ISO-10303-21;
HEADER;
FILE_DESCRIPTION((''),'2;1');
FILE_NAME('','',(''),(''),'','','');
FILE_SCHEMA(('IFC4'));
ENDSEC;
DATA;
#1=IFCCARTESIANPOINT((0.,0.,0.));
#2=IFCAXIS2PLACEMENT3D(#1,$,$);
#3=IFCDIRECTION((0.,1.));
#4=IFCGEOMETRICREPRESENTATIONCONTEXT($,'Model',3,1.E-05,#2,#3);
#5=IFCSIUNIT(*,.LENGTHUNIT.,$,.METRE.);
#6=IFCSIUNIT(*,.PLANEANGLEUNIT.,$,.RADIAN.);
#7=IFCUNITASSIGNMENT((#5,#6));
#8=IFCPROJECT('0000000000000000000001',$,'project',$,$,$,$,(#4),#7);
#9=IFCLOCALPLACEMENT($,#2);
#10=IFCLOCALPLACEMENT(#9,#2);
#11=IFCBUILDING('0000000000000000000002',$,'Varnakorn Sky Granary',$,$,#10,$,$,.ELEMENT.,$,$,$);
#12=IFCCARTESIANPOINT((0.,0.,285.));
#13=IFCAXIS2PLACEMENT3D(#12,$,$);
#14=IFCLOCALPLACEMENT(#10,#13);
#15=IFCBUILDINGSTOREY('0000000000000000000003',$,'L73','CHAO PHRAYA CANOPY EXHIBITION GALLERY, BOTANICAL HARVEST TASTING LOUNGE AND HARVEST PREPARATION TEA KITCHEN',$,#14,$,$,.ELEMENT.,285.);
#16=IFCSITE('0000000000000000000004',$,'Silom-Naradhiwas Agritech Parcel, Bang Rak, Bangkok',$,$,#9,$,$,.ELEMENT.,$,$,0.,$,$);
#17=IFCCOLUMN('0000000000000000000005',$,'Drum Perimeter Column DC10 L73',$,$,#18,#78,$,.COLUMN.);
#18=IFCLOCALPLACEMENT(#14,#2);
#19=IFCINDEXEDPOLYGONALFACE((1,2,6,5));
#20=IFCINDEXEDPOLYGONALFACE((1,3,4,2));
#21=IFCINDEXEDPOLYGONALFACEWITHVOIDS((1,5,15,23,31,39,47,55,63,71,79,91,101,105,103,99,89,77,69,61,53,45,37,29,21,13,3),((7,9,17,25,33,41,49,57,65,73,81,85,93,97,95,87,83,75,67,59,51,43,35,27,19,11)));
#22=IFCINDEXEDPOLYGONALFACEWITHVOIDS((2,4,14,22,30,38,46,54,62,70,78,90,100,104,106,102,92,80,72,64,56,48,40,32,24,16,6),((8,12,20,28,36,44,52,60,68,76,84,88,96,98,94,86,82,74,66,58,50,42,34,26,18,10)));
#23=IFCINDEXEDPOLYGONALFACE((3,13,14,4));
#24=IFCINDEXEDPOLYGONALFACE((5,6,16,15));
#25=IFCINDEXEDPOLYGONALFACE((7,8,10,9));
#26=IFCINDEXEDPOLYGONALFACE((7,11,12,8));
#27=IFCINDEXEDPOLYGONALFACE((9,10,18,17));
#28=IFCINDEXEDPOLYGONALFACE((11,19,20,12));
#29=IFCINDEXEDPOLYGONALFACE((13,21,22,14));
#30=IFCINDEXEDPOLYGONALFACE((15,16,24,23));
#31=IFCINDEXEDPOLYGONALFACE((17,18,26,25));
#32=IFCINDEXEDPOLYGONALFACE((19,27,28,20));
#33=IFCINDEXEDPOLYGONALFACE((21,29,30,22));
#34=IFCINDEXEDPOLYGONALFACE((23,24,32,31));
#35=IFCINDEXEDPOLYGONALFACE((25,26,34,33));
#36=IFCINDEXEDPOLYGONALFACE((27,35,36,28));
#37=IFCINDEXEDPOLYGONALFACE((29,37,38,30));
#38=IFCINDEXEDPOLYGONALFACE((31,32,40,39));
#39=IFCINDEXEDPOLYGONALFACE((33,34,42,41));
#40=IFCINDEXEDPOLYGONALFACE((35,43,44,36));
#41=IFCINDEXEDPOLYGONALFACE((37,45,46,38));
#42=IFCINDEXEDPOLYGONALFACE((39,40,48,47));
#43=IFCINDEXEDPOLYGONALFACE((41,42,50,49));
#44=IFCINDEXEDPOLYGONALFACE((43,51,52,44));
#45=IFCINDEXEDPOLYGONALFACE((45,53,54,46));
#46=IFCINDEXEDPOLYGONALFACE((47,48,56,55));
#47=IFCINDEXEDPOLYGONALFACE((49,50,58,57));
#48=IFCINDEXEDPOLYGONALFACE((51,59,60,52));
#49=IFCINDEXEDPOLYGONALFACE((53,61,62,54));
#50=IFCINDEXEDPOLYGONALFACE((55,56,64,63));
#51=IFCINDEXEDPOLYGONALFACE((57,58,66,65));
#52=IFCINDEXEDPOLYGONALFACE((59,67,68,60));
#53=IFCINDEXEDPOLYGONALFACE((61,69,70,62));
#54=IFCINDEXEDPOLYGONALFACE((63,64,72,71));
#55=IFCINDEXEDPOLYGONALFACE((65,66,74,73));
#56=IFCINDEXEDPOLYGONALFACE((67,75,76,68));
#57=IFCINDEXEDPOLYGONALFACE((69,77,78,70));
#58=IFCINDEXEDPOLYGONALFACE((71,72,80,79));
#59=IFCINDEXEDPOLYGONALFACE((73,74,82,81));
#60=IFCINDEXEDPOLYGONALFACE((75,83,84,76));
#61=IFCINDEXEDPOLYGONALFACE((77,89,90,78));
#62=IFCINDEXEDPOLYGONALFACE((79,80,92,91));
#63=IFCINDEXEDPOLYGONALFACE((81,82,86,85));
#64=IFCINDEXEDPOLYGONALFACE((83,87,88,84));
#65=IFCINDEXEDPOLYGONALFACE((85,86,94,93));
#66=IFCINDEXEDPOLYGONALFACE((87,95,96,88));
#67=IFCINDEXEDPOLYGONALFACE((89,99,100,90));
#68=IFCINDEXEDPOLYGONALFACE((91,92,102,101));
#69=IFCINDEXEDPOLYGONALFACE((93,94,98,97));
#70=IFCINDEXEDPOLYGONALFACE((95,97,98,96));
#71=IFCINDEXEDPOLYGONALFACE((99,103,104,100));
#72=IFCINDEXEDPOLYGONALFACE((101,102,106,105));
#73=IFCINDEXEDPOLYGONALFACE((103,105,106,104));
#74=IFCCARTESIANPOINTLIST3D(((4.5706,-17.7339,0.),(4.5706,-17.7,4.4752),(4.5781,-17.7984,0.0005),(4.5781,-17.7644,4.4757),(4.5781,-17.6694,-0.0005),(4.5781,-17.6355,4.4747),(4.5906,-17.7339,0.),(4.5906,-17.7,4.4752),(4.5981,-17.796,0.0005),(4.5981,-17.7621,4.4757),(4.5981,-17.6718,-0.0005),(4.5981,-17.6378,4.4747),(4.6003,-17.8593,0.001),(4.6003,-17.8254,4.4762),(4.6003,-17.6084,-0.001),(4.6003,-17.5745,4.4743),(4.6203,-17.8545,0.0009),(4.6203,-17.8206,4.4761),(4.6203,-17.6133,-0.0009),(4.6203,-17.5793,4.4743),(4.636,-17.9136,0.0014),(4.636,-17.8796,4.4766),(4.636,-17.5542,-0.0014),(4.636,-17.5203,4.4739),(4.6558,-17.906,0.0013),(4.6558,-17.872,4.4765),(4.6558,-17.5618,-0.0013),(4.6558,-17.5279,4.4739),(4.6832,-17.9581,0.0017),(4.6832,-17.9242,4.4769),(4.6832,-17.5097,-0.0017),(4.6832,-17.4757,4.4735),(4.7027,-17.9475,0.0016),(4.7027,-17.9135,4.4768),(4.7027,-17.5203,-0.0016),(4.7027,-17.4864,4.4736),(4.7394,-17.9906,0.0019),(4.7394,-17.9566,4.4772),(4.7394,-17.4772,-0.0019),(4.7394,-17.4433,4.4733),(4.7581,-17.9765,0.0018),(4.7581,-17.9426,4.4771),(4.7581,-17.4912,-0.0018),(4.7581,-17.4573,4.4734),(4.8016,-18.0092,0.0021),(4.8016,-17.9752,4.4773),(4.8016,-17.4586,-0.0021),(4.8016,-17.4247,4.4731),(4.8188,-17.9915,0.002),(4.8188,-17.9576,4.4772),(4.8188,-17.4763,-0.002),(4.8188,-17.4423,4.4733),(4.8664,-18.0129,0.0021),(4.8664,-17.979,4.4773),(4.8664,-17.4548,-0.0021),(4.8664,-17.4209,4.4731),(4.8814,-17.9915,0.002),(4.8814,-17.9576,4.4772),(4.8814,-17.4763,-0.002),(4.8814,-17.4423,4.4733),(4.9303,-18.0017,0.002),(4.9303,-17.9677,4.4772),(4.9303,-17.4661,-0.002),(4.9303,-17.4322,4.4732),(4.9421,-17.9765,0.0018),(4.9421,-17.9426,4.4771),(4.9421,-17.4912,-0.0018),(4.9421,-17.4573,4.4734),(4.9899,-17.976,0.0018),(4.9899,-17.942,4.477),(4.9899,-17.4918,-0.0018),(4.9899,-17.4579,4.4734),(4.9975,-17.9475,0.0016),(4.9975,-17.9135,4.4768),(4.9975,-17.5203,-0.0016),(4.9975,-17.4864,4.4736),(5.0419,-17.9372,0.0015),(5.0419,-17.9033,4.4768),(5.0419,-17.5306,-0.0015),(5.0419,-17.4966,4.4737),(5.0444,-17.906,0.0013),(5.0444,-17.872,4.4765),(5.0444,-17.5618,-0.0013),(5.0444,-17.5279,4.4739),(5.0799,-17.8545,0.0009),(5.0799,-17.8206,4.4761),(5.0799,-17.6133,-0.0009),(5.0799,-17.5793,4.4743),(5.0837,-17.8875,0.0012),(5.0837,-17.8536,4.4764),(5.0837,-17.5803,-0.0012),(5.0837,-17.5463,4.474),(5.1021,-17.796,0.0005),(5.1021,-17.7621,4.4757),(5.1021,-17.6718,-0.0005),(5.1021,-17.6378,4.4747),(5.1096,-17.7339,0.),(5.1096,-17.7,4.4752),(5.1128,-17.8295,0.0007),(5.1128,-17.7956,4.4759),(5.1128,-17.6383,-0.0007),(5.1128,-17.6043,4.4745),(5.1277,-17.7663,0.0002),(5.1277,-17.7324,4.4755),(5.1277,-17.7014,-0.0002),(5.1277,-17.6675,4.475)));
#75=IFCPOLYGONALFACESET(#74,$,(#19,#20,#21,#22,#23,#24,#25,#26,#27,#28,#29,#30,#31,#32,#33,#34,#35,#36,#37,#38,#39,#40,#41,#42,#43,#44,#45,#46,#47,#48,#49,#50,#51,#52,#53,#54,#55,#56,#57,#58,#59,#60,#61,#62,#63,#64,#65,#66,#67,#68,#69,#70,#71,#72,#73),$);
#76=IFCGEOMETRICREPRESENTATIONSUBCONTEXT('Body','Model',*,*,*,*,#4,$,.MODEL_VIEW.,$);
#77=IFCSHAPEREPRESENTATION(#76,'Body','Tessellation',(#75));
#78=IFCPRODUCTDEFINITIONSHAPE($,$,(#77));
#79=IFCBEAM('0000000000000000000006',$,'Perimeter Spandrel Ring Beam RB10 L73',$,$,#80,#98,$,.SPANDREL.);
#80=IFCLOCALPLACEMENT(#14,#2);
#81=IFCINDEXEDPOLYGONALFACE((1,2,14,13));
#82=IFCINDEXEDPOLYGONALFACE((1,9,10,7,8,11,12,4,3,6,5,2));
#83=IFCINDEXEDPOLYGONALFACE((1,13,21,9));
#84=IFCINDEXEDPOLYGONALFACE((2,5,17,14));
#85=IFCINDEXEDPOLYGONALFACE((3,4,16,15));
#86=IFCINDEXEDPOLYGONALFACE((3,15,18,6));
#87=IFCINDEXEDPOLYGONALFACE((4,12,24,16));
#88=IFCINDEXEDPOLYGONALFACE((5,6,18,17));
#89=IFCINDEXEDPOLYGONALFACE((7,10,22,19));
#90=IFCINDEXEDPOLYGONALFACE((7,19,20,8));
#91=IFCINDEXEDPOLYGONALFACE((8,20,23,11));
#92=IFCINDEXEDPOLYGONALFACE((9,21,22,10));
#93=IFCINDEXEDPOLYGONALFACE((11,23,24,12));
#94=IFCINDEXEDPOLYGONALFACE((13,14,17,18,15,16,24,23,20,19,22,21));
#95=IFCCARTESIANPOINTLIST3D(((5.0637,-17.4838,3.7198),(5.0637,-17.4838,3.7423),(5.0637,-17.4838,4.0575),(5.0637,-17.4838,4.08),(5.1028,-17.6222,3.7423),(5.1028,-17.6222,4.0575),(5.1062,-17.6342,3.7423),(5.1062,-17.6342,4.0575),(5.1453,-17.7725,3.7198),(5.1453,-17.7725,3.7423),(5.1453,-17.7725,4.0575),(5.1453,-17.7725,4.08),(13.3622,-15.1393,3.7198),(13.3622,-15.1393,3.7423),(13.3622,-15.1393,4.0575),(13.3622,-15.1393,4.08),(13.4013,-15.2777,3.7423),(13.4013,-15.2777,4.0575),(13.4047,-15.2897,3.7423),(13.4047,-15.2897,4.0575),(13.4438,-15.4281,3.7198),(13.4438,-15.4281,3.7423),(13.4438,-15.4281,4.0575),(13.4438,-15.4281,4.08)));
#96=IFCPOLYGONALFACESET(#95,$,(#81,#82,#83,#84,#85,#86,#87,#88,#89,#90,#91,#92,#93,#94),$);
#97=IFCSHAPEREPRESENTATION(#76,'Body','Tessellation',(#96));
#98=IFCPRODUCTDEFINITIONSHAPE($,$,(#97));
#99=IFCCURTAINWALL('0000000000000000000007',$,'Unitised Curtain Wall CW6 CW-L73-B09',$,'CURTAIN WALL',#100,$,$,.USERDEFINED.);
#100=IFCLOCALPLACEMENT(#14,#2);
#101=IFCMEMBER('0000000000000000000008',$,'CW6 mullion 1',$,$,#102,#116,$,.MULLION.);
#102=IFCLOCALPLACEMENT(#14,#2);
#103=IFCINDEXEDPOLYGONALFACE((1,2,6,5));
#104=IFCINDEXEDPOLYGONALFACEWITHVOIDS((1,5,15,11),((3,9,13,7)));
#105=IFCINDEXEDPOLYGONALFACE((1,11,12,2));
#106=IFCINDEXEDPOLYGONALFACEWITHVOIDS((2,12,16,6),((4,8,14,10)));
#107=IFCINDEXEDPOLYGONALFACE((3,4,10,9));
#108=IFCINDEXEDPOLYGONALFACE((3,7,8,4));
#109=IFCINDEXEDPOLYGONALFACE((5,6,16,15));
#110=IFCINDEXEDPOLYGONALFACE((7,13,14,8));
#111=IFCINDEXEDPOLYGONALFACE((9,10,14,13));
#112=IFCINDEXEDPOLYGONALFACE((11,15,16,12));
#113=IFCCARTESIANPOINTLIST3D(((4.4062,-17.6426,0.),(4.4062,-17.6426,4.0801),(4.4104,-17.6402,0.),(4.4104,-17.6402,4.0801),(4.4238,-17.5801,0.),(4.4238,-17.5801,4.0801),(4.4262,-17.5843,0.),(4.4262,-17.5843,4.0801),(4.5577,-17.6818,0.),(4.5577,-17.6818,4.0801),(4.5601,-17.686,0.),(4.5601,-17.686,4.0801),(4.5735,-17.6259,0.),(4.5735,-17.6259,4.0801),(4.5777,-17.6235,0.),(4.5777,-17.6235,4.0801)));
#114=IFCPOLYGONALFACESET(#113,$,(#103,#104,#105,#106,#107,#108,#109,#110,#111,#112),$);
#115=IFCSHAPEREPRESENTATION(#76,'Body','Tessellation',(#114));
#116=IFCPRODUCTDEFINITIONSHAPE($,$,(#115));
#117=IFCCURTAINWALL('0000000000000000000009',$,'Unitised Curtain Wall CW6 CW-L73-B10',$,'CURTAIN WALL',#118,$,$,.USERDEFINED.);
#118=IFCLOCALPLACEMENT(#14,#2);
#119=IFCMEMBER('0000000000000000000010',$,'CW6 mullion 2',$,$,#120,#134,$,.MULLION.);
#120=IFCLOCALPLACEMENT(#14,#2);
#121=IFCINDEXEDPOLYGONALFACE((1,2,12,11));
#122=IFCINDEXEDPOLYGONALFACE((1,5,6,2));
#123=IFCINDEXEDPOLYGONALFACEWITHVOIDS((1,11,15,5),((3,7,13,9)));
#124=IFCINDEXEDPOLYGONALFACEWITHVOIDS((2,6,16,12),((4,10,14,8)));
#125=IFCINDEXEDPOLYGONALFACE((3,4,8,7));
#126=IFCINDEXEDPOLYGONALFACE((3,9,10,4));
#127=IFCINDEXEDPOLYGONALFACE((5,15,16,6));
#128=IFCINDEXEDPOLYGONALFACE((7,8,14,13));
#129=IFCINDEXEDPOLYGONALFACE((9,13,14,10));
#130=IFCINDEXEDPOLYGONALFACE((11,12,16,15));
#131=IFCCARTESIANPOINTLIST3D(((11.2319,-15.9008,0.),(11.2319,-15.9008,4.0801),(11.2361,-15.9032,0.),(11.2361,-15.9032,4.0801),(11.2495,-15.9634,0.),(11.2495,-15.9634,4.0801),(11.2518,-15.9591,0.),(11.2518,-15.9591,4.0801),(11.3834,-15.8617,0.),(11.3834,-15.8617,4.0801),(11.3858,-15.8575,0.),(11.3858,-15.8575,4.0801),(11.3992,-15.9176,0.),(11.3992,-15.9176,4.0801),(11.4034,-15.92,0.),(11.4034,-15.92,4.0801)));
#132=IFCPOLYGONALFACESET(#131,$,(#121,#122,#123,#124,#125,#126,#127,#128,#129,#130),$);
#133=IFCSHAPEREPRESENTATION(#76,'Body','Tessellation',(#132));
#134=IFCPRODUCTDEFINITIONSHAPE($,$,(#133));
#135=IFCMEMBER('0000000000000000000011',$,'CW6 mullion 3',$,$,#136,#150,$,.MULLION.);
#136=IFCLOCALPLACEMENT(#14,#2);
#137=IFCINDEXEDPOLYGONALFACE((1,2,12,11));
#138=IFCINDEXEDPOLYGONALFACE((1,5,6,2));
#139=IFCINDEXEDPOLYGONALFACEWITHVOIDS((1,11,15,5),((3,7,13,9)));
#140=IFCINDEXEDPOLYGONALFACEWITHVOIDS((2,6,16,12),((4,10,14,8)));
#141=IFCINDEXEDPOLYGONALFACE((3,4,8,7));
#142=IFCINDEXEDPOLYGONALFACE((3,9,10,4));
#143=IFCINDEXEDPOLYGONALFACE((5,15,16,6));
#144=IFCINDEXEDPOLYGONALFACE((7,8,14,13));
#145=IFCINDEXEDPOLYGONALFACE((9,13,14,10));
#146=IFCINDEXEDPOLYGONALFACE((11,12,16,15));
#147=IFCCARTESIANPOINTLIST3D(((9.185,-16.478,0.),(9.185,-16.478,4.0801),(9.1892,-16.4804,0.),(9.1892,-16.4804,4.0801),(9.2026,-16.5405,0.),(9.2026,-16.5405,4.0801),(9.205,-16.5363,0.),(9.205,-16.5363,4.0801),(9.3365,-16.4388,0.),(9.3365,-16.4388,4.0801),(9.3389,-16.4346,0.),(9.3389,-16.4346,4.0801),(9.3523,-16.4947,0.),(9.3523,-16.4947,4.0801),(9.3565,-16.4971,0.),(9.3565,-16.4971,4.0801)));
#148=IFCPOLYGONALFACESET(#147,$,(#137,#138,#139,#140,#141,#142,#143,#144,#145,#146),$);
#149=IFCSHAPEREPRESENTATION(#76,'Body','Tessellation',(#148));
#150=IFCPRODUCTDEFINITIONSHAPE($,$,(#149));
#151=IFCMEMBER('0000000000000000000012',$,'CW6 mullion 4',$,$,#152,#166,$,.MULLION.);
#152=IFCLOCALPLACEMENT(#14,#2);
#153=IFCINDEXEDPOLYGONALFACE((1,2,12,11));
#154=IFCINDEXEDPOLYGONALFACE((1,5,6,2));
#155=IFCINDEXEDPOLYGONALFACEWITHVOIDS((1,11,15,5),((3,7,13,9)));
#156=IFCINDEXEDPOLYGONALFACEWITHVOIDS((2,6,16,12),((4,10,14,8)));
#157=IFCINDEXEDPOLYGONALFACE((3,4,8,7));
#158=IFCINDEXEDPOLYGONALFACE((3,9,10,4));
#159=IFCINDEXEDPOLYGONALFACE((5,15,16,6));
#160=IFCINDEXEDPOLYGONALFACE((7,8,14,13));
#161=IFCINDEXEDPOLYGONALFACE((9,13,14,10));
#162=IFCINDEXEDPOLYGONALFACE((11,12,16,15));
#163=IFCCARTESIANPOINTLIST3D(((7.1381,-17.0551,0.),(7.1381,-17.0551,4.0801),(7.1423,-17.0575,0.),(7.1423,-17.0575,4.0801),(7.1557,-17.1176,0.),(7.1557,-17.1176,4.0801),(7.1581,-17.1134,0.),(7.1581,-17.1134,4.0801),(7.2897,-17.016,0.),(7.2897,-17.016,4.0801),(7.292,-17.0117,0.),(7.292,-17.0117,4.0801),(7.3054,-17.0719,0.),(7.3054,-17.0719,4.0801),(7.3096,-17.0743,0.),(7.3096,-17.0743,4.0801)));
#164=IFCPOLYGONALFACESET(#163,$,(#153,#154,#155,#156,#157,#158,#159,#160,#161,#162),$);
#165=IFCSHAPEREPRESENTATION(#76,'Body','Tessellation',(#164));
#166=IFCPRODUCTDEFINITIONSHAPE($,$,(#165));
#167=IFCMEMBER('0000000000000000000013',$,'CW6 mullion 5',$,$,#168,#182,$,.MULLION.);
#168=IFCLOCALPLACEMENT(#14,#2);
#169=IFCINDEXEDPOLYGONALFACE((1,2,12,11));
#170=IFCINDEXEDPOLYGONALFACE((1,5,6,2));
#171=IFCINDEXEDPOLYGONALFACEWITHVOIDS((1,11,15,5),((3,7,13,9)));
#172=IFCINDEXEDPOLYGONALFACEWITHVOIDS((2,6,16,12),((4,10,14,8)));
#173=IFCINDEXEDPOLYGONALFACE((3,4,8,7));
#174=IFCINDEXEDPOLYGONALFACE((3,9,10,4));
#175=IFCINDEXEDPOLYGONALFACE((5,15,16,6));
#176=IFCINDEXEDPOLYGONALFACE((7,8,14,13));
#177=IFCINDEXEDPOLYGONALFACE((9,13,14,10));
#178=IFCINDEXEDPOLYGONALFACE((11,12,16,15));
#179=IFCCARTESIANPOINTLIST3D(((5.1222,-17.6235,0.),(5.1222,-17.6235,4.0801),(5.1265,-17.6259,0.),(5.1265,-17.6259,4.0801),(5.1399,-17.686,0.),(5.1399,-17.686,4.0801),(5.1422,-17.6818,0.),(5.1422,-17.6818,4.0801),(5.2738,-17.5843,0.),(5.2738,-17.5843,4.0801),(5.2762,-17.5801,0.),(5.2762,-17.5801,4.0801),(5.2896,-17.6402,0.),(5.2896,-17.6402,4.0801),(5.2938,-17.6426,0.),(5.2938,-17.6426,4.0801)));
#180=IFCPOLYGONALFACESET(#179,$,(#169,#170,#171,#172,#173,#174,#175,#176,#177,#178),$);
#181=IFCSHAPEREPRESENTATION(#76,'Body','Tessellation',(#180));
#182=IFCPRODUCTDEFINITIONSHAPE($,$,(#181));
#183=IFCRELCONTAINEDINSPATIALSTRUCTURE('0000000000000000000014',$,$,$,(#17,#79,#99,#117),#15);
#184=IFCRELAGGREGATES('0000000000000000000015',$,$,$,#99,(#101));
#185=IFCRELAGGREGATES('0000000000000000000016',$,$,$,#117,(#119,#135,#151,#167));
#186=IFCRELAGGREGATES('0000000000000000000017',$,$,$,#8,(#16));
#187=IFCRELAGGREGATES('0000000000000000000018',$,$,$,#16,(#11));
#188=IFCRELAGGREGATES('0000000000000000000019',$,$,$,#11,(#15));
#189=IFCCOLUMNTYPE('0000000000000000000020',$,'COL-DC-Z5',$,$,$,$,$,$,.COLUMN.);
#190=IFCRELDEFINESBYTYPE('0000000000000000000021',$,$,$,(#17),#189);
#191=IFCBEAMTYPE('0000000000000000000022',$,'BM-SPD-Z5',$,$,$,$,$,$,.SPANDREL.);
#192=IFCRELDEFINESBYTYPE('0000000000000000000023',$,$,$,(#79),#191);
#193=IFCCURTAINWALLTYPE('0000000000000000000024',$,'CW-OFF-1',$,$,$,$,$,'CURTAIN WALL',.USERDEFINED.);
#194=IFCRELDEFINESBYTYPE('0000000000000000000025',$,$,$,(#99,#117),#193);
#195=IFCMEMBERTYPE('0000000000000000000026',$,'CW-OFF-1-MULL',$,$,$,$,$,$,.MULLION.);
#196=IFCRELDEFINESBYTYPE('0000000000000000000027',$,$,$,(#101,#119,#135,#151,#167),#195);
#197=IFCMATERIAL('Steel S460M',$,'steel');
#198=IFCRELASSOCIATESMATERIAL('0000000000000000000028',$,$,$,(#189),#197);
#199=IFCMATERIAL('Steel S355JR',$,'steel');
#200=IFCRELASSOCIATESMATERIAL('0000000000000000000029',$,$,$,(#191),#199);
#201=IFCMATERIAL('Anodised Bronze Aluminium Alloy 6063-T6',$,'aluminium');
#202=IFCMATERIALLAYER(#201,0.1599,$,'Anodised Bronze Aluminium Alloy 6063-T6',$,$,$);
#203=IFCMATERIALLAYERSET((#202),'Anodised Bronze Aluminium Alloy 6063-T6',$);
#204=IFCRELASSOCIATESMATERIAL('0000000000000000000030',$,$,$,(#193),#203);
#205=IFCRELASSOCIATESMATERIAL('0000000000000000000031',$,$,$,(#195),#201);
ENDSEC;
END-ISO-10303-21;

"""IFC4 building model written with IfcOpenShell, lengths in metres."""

from ifc_helpers import new_model, si_unit, direction, frame, origin, origin_2d, place, context, subcontext, project, spatial, hollow_rectangle, hollow_circle, i_section, extrude, material, layer, layer_set, material_profile, profile_set, type_object, element, aggregate, save


model = new_model("IFC4")

# Units and contexts
model_context = context("Model", 3, precision=1e-05, world=origin(), true_north=direction((0.0, 1.0)))
body_context = subcontext(model_context, "Body", "Model", "MODEL_VIEW")
ifc_project = project(units=[si_unit("LENGTHUNIT", "METRE"), si_unit("PLANEANGLEUNIT", "RADIAN")], contexts=[model_context])

# Site, building, storey
site_placement = place(None, origin())
site = spatial("IfcSite", under=ifc_project, at=site_placement, Name="Silom-Naradhiwas Agritech Parcel, Bang Rak, Bangkok", CompositionType="ELEMENT", RefElevation=0.0)
building_placement = place(site_placement, origin())
building = spatial("IfcBuilding", under=site, at=building_placement, Name="Varnakorn Sky Granary", CompositionType="ELEMENT")
storey_placement = place(building_placement, frame((0.0, 0.0, 285.0)))
storey = spatial("IfcBuildingStorey", under=building, at=storey_placement, Name="L73", Description="CHAO PHRAYA CANOPY EXHIBITION GALLERY, BOTANICAL HARVEST TASTING LOUNGE AND HARVEST PREPARATION TEA KITCHEN", CompositionType="ELEMENT", Elevation=285.0)

# Column
ifc_material_1 = material(Name="Steel S460M", Category="steel")
ifc_material_profile_1 = material_profile(ifc_material_1, hollow_circle(Radius=0.2795, WallThickness=0.02, at=origin_2d()), Name="CHS 559x20")
ifc_profile_set_1 = profile_set([ifc_material_profile_1], Name="Steel S460M")
column_type = type_object("IfcColumnType", Name="COL-DC-Z5", PredefinedType="COLUMN", material=ifc_profile_set_1)
column_placement = place(storey_placement, frame((4.8501, -17.7339, 0.0), z_axis=(0.0, 0.007583, 0.999971), x_axis=(-1.0, 0.0, 0.0)))
element("IfcColumn", 1, at=column_placement, inside=storey, type_object=column_type, Name="Drum Perimeter Column DC10 L73", PredefinedType="COLUMN", context=body_context, shape_type="SweptSolid", body=[
    extrude(hollow_circle(Radius=0.2795, WallThickness=0.02, at=origin_2d()), origin(), (0.0, 0.0, 1.0), 4.4753),
])

# Beam
ifc_material_2 = material(Name="Steel S355JR", Category="steel")
ifc_material_profile_2 = material_profile(ifc_material_2, i_section(OverallWidth=0.3, OverallDepth=0.3601, WebThickness=0.0125, FlangeThickness=0.0225, at=origin_2d()), Name="HE 360 B")
ifc_profile_set_2 = profile_set([ifc_material_profile_2], Name="Steel S355JR")
beam_type = type_object("IfcBeamType", Name="BM-SPD-Z5", PredefinedType="SPANDREL", material=ifc_profile_set_2)
beam_placement = place(storey_placement, frame((5.1045, -17.6282, 3.8999), z_axis=(0.962333, 0.271874, 0.0), x_axis=(-0.271874, 0.962333, 0.0)))
element("IfcBeam", 2, at=beam_placement, inside=storey, type_object=beam_type, Name="Perimeter Spandrel Ring Beam RB10 L73", PredefinedType="SPANDREL", context=body_context, shape_type="SweptSolid", body=[
    extrude(i_section(OverallWidth=0.3, OverallDepth=0.3601, WebThickness=0.0125, FlangeThickness=0.0225, at=origin_2d()), origin(), (0.0, 0.0, 1.0), 8.6233),
])

# Curtain wall, member
ifc_material_3 = material(Name="Anodised Bronze Aluminium Alloy 6063-T6", Category="aluminium")
ifc_layer_1 = layer(ifc_material_3, 0.1599, Name="Anodised Bronze Aluminium Alloy 6063-T6")
ifc_layer_set_1 = layer_set([ifc_layer_1], Name="Anodised Bronze Aluminium Alloy 6063-T6")
curtain_wall_type = type_object("IfcCurtainWallType", Name="CW-OFF-1", ElementType="CURTAIN WALL", PredefinedType="USERDEFINED", material=ifc_layer_set_1)
curtain_wall_1_placement = place(storey_placement, origin())
curtain_wall_1 = element("IfcCurtainWall", 3, at=curtain_wall_1_placement, inside=storey, type_object=curtain_wall_type, Name="Unitised Curtain Wall CW6 CW-L73-B09", ObjectType="CURTAIN WALL", PredefinedType="USERDEFINED")
ifc_material_profile_3 = material_profile(ifc_material_3, hollow_rectangle(XDim=0.0649, YDim=0.1599, WallThickness=0.0034, at=origin_2d()), Name="ALU MULL 65x160")
ifc_profile_set_3 = profile_set([ifc_material_profile_3], Name="Anodised Bronze Aluminium Alloy 6063-T6")
member_type_1 = type_object("IfcMemberType", Name="CW-OFF-1-MULL", PredefinedType="MULLION", material=ifc_profile_set_3)
member_1_placement = place(storey_placement, frame((4.4919, -17.6331, 0.0), z_axis=(0.0, 0.0, 1.0), x_axis=(-0.271372, -0.962474, 0.0)))
member_1 = element("IfcMember", 4, at=member_1_placement, type_object=member_type_1, Name="CW6 mullion 1", PredefinedType="MULLION", context=body_context, shape_type="SweptSolid", body=[
    extrude(hollow_rectangle(XDim=0.0649, YDim=0.1599, WallThickness=0.0034, at=origin_2d()), origin(), (0.0, 0.0, 1.0), 4.0801),
])

# Curtain wall, members
curtain_wall_2_placement = place(storey_placement, origin())
curtain_wall_2 = element("IfcCurtainWall", 5, at=curtain_wall_2_placement, inside=storey, type_object=curtain_wall_type, Name="Unitised Curtain Wall CW6 CW-L73-B10", ObjectType="CURTAIN WALL", PredefinedType="USERDEFINED")
member_2_placement = place(storey_placement, frame((11.3176, -15.9104, 0.0), z_axis=(0.0, 0.0, 1.0), x_axis=(0.271372, -0.962474, 0.0)))
member_2 = element("IfcMember", 6, at=member_2_placement, type_object=member_type_1, Name="CW6 mullion 2", PredefinedType="MULLION", context=body_context, shape_type="SweptSolid", body=[
    extrude(hollow_rectangle(XDim=0.0649, YDim=0.1599, WallThickness=0.0034, at=origin_2d()), origin(), (0.0, 0.0, 1.0), 4.0801),
])
member_3_placement = place(storey_placement, frame((9.2708, -16.4875, 0.0), z_axis=(0.0, 0.0, 1.0), x_axis=(0.271372, -0.962474, 0.0)))
member_3 = element("IfcMember", 7, at=member_3_placement, type_object=member_type_1, Name="CW6 mullion 3", PredefinedType="MULLION", context=body_context, shape_type="SweptSolid", body=[
    extrude(hollow_rectangle(XDim=0.0649, YDim=0.1599, WallThickness=0.0034, at=origin_2d()), origin(), (0.0, 0.0, 1.0), 4.0801),
])
member_4_placement = place(storey_placement, frame((7.2239, -17.0647, 0.0), z_axis=(0.0, 0.0, 1.0), x_axis=(0.271372, -0.962474, 0.0)))
member_4 = element("IfcMember", 8, at=member_4_placement, type_object=member_type_1, Name="CW6 mullion 4", PredefinedType="MULLION", context=body_context, shape_type="SweptSolid", body=[
    extrude(hollow_rectangle(XDim=0.0649, YDim=0.1599, WallThickness=0.0034, at=origin_2d()), origin(), (0.0, 0.0, 1.0), 4.0801),
])
member_5_placement = place(storey_placement, frame((5.208, -17.6331, 0.0), z_axis=(0.0, 0.0, 1.0), x_axis=(0.271372, -0.962474, 0.0)))
member_5 = element("IfcMember", 9, at=member_5_placement, type_object=member_type_1, Name="CW6 mullion 5", PredefinedType="MULLION", context=body_context, shape_type="SweptSolid", body=[
    extrude(hollow_rectangle(XDim=0.0649, YDim=0.1599, WallThickness=0.0034, at=origin_2d()), origin(), (0.0, 0.0, 1.0), 4.0801),
])

aggregate(curtain_wall_1, [member_1])
aggregate(curtain_wall_2, [member_2, member_3, member_4, member_5])

save(model, "model.ifc")
